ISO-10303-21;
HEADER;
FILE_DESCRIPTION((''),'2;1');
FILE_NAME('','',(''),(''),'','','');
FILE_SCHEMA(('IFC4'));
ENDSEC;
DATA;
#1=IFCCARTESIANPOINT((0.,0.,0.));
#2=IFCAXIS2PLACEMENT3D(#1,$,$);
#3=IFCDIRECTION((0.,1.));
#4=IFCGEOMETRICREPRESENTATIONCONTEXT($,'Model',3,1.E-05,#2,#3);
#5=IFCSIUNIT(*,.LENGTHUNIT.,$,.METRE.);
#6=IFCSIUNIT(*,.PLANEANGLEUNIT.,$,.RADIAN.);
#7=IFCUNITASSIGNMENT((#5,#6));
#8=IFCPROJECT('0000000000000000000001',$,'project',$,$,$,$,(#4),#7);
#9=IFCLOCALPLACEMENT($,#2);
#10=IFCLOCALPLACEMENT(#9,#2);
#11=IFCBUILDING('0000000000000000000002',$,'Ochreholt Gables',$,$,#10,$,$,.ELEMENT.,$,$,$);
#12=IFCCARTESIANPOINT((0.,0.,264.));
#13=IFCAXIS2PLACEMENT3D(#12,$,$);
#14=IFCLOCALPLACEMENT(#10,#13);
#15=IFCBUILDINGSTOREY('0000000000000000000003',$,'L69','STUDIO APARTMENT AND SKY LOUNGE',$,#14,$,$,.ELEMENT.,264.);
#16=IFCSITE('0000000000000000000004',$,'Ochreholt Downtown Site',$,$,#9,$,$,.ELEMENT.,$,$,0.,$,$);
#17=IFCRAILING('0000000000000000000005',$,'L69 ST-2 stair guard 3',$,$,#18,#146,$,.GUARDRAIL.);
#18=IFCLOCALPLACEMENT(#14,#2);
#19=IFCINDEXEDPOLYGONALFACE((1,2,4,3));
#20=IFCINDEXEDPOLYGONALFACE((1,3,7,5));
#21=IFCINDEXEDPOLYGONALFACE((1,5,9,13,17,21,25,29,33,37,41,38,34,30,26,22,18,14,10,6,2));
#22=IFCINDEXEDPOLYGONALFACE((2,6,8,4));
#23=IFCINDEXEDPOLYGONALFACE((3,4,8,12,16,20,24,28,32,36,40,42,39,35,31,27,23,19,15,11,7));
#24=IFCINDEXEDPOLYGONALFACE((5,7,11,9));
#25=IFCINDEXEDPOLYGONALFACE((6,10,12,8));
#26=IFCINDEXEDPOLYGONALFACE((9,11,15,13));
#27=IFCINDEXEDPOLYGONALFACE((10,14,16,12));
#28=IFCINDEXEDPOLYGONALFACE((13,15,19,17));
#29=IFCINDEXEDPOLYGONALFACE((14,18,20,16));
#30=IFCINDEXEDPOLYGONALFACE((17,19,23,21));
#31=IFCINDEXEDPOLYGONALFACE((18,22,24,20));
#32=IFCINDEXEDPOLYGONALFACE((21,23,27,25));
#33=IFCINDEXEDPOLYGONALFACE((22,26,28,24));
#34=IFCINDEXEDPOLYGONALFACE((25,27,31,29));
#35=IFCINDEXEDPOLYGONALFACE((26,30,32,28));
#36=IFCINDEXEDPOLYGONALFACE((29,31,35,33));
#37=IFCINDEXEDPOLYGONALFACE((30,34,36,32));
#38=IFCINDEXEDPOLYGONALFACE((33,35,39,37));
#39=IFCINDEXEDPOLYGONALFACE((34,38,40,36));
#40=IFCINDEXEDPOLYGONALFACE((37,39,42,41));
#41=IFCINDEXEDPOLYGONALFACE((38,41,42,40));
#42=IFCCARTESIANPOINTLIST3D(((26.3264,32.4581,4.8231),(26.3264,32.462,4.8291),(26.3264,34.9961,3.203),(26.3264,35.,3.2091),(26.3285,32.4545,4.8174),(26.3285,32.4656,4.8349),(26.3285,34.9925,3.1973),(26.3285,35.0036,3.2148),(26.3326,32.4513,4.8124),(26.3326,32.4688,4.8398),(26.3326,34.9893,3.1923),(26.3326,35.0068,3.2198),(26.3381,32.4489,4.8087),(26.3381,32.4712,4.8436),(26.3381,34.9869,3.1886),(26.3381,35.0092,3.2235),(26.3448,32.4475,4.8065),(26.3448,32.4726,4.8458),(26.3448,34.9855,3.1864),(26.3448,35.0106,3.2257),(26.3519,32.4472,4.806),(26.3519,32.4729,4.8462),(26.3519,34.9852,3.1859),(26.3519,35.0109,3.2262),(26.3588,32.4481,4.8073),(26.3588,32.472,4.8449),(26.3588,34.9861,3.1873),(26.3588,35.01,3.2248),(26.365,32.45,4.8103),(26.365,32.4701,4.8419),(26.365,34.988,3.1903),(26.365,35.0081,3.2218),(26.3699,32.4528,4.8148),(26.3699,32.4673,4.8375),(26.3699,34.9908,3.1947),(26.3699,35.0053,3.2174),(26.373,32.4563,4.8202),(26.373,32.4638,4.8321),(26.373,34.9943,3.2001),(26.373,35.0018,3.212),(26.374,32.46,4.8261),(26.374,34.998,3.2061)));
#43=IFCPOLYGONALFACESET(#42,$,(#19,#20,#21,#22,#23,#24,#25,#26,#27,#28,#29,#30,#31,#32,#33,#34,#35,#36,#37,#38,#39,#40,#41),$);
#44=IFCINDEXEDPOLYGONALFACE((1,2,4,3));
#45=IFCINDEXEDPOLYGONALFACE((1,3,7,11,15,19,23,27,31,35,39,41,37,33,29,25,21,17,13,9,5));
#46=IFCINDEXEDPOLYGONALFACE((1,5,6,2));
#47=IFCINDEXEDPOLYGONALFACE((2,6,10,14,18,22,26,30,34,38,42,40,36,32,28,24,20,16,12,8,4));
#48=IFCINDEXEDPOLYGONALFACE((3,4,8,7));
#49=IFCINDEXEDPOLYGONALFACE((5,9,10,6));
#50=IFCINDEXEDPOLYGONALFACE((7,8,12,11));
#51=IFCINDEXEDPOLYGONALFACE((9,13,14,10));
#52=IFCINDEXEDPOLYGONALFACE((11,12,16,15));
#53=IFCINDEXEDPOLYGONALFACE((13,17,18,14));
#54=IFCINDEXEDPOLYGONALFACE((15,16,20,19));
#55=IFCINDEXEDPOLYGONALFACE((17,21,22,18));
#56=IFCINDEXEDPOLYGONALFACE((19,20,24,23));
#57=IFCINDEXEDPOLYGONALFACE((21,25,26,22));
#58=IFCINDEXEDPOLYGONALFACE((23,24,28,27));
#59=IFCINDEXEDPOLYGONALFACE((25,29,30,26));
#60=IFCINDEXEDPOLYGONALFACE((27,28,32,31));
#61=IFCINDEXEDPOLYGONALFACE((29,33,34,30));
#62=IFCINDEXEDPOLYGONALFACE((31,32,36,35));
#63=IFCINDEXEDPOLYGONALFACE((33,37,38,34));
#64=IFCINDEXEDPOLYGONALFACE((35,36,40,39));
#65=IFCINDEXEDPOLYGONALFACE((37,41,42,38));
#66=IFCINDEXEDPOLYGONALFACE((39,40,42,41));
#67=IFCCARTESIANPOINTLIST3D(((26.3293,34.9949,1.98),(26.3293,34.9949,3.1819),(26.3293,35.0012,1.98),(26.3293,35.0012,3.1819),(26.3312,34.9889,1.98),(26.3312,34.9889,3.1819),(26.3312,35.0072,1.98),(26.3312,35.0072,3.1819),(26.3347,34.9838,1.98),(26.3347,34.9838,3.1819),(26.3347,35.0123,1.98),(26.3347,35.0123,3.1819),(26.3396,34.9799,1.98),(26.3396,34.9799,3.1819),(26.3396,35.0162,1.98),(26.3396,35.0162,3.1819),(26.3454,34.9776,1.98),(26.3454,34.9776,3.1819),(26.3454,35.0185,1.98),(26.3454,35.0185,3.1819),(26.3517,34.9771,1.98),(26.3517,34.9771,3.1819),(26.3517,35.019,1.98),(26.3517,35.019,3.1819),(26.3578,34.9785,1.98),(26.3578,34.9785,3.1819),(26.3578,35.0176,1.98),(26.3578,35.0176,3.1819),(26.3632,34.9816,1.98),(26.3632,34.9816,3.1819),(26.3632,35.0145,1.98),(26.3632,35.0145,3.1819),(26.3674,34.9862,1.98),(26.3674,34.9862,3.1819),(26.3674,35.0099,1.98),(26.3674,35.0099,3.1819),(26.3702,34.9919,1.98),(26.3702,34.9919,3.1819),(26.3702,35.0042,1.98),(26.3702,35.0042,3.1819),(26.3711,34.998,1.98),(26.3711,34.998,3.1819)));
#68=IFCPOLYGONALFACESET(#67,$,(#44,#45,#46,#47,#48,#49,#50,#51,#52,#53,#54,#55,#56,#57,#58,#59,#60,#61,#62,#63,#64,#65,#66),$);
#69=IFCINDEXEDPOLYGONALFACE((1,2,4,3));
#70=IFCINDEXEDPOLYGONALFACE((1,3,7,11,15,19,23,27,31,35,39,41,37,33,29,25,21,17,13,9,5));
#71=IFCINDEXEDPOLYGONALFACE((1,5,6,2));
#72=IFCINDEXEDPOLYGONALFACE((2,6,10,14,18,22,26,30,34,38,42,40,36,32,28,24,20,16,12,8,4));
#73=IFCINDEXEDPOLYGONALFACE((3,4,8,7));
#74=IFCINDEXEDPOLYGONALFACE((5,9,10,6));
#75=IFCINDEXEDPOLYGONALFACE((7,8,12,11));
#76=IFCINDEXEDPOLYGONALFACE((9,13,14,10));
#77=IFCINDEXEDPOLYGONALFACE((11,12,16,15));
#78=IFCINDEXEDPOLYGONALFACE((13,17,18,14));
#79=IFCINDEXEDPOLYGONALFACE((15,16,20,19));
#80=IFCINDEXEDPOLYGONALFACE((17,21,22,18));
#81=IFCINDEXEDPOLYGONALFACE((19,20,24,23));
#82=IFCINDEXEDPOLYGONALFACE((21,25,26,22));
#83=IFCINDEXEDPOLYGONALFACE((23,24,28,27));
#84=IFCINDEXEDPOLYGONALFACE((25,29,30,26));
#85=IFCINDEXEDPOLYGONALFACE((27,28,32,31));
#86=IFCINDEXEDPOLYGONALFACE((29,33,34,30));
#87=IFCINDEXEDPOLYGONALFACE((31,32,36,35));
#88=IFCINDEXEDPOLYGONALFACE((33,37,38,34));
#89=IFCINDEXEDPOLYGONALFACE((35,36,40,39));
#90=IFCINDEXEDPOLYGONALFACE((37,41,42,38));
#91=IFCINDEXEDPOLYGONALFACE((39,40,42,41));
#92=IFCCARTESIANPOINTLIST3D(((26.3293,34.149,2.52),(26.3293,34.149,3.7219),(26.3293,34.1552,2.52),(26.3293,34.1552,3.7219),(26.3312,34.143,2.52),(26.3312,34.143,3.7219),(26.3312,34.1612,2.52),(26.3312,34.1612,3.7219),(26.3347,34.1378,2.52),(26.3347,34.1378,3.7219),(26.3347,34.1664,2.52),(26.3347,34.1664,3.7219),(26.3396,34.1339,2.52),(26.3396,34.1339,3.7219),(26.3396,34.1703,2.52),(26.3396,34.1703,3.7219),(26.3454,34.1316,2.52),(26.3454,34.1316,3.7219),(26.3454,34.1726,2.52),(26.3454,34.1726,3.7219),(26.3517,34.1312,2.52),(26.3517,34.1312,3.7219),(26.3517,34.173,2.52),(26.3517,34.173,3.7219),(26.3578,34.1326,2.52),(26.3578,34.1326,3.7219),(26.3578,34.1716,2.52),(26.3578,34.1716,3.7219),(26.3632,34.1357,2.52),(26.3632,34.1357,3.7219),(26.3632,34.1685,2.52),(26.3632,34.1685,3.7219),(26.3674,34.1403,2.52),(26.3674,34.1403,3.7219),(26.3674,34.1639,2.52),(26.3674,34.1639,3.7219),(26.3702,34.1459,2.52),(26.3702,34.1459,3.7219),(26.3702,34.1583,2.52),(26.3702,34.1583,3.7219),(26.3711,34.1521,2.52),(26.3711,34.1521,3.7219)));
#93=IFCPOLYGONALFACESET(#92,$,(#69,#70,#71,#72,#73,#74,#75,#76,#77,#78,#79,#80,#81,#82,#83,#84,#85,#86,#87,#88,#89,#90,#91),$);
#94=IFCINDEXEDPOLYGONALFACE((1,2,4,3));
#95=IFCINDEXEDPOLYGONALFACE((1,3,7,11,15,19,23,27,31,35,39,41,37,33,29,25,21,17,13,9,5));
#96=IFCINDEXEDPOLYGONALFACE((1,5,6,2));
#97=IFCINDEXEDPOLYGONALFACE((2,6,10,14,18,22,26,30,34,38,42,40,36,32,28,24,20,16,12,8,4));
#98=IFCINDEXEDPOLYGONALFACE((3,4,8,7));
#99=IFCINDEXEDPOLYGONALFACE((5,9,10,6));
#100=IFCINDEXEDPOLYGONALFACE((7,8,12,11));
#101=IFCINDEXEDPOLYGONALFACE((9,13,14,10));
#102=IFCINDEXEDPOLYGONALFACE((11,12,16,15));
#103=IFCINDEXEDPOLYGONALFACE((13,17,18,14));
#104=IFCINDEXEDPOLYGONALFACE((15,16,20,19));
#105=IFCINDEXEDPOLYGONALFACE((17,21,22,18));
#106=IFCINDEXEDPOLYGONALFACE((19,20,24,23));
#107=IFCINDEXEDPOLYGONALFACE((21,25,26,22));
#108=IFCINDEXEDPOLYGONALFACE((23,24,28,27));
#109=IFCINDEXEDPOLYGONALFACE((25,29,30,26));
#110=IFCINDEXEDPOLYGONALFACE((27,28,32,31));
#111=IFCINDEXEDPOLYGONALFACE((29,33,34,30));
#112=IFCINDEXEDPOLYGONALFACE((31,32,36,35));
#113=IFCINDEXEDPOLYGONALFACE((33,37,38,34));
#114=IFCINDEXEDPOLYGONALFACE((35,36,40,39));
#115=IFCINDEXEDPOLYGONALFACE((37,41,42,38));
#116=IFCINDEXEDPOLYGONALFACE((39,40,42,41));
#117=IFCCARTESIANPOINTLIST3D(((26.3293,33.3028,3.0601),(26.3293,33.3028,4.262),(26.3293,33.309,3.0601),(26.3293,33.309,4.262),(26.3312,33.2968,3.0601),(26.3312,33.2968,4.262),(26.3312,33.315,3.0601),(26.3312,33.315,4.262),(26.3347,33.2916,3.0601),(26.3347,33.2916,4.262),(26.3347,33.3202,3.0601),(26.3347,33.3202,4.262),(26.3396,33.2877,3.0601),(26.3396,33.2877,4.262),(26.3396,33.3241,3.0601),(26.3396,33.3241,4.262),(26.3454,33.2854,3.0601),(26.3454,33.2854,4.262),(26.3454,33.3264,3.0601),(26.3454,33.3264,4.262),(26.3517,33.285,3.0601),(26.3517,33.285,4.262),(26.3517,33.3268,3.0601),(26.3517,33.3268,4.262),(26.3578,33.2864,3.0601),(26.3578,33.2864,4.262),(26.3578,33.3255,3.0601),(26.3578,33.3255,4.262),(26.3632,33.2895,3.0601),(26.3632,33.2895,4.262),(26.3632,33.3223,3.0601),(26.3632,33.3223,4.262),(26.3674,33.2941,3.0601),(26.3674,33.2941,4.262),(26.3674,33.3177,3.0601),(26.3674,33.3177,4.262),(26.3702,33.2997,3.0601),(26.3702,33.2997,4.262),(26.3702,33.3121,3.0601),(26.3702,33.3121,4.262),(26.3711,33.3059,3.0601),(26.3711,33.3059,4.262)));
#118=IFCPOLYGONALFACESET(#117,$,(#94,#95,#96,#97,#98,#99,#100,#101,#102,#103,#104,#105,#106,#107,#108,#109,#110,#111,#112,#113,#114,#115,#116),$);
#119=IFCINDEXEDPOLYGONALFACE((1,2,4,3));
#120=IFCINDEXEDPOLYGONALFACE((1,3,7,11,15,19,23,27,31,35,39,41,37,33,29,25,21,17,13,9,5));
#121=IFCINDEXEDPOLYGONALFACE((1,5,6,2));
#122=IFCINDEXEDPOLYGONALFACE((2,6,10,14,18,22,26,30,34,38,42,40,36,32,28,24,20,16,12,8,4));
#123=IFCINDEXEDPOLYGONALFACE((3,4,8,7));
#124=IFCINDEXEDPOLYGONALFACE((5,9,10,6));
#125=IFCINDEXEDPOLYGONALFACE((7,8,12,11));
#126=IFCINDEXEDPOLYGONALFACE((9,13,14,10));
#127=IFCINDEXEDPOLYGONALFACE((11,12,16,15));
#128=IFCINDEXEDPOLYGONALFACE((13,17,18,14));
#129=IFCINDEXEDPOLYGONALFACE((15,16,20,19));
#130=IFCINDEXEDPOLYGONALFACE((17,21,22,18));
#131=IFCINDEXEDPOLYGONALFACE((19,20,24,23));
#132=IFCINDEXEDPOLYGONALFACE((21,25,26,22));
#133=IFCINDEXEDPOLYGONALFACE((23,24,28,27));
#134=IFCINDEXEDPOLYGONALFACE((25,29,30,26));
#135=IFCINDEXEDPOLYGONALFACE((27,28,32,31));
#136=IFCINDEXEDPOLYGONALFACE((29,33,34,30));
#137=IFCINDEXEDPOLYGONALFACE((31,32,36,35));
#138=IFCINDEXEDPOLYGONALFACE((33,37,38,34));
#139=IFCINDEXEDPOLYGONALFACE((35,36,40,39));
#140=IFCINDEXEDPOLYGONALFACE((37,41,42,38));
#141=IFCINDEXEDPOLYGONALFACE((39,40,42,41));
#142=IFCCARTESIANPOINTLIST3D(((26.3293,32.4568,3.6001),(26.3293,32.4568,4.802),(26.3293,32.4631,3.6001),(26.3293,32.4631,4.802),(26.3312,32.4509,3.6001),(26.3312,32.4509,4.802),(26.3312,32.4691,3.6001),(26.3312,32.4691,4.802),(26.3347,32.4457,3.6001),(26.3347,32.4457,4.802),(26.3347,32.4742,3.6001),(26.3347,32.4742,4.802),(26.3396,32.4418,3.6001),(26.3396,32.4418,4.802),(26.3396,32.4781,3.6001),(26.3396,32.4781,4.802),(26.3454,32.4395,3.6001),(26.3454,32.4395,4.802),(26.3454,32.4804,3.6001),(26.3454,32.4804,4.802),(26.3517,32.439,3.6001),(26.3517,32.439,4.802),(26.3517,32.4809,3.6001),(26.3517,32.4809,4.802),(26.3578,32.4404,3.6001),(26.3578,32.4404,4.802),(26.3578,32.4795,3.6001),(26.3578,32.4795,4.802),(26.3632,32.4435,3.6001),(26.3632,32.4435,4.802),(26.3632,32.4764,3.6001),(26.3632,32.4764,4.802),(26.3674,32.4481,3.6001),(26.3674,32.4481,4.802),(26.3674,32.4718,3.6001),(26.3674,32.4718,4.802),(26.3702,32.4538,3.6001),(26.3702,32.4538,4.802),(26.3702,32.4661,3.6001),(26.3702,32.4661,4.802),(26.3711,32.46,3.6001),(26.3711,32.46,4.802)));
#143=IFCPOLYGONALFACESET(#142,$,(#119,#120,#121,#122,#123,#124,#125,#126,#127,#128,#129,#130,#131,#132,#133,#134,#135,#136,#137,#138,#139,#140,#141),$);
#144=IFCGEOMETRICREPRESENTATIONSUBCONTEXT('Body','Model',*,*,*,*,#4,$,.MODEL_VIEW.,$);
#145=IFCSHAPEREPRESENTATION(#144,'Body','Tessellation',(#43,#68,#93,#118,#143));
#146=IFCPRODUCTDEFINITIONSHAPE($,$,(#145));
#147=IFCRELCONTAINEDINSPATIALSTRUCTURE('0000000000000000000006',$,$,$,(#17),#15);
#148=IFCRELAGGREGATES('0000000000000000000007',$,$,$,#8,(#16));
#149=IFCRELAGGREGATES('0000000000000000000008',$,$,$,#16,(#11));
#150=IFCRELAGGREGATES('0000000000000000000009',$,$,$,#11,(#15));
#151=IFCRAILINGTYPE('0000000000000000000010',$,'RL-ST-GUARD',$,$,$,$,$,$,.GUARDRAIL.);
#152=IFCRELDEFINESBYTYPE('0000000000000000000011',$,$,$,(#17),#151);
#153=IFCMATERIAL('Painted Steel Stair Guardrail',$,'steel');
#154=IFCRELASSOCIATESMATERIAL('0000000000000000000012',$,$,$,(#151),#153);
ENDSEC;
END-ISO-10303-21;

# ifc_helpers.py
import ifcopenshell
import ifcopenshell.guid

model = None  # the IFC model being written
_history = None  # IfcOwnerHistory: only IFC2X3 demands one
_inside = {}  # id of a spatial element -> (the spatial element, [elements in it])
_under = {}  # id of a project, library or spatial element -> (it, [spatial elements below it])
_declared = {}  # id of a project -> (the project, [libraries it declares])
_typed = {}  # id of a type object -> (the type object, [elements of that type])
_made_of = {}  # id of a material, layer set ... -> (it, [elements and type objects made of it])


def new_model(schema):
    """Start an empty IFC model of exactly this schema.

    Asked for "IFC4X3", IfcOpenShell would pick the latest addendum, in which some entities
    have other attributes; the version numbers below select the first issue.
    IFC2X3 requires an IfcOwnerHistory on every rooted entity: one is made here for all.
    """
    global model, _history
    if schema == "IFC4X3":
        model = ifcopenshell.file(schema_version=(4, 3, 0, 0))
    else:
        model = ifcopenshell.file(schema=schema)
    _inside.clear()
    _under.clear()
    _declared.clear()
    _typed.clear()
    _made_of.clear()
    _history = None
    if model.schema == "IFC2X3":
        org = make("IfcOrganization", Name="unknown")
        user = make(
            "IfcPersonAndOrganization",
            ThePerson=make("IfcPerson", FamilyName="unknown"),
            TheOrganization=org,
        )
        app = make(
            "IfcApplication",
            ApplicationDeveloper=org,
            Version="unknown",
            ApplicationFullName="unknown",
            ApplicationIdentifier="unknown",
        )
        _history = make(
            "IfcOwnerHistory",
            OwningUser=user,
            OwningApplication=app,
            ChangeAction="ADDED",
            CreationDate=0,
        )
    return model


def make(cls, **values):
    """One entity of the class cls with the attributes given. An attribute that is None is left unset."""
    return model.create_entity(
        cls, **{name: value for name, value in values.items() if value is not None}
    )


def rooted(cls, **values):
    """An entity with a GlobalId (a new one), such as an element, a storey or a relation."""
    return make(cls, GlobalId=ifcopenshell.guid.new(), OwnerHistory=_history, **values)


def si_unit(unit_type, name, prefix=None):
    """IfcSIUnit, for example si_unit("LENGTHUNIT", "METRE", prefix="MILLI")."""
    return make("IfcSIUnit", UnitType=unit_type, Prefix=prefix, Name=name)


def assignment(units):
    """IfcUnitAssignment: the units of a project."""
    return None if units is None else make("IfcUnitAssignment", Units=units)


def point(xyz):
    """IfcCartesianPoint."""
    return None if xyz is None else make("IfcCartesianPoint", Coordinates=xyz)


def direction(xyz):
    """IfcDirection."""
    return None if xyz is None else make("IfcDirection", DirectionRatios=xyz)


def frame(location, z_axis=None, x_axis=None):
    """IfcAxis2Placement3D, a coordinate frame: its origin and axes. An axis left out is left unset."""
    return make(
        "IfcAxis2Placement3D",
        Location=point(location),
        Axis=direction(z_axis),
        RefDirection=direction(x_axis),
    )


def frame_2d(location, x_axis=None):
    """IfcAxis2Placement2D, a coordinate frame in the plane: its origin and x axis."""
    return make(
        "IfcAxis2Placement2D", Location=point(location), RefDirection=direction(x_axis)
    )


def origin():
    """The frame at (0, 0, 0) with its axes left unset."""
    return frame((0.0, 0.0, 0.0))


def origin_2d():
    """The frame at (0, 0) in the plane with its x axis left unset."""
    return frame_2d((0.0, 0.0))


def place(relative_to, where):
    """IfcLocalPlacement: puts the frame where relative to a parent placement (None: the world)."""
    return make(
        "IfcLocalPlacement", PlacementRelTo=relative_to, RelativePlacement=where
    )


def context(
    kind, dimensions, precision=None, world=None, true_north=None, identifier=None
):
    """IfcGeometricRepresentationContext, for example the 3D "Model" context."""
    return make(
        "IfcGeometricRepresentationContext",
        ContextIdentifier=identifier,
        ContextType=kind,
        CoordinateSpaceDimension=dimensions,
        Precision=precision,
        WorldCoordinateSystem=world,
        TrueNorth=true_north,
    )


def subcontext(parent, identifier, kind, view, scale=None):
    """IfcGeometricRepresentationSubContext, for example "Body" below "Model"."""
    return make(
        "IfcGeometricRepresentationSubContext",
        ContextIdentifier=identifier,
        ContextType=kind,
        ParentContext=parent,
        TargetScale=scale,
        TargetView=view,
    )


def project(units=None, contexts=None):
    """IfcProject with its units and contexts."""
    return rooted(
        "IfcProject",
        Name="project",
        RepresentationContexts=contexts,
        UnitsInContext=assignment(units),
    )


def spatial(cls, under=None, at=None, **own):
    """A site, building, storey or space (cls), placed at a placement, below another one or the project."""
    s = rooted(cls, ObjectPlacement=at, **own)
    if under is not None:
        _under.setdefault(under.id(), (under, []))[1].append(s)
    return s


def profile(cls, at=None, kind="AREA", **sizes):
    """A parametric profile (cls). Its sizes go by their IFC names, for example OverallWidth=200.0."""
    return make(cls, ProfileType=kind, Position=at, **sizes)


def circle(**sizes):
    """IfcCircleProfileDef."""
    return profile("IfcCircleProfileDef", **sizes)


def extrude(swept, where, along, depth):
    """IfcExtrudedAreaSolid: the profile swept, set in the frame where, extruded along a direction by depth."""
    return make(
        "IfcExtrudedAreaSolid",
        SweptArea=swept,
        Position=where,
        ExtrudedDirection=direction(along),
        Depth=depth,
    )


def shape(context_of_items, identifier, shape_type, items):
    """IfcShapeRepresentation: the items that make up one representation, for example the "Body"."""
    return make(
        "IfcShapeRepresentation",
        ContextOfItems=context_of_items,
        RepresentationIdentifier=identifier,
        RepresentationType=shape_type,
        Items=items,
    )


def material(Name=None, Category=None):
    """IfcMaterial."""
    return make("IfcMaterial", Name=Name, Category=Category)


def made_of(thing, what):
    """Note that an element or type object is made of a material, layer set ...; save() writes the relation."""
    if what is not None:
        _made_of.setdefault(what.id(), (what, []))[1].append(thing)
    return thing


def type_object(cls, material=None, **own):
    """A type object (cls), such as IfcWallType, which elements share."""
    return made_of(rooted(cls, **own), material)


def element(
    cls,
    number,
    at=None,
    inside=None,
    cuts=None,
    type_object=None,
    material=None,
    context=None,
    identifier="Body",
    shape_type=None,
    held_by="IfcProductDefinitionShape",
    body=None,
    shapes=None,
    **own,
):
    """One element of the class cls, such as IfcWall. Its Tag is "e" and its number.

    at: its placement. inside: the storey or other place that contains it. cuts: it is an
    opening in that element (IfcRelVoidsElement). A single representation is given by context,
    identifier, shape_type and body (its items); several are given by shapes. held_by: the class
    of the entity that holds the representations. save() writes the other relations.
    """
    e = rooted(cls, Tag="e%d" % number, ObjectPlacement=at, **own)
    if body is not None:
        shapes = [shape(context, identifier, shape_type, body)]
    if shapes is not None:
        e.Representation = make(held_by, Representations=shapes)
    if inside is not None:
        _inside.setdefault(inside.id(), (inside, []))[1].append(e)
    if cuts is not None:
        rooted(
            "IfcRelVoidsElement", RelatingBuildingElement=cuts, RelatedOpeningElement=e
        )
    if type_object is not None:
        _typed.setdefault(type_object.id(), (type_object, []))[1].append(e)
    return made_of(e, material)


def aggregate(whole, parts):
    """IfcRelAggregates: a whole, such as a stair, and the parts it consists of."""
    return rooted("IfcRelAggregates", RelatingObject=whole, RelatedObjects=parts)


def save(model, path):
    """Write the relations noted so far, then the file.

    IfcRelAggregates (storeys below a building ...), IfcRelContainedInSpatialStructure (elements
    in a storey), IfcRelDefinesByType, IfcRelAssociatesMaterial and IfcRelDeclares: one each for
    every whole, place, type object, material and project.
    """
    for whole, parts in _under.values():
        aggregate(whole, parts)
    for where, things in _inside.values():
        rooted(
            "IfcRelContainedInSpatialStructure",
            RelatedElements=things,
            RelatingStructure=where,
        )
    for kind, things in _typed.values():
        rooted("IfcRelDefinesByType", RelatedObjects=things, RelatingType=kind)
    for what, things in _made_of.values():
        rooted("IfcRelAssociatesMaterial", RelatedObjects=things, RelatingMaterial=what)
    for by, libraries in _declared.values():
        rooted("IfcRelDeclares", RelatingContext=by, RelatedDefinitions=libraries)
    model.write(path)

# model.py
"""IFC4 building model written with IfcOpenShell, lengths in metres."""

from ifc_helpers import new_model, si_unit, direction, frame, origin, origin_2d, place, context, subcontext, project, spatial, circle, extrude, material, type_object, element, save


model = new_model("IFC4")

# Units and contexts
model_context = context("Model", 3, precision=1e-05, world=origin(), true_north=direction((0.0, 1.0)))
body_context = subcontext(model_context, "Body", "Model", "MODEL_VIEW")
ifc_project = project(units=[si_unit("LENGTHUNIT", "METRE"), si_unit("PLANEANGLEUNIT", "RADIAN")], contexts=[model_context])

# Site, building, storey
site_placement = place(None, origin())
site = spatial("IfcSite", under=ifc_project, at=site_placement, Name="Ochreholt Downtown Site", CompositionType="ELEMENT", RefElevation=0.0)
building_placement = place(site_placement, origin())
building = spatial("IfcBuilding", under=site, at=building_placement, Name="Ochreholt Gables", CompositionType="ELEMENT")
storey_placement = place(building_placement, frame((0.0, 0.0, 264.0)))
storey = spatial("IfcBuildingStorey", under=building, at=storey_placement, Name="L69", Description="STUDIO APARTMENT AND SKY LOUNGE", CompositionType="ELEMENT", Elevation=264.0)

# Railing
ifc_material_1 = material(Name="Painted Steel Stair Guardrail", Category="steel")
railing_type_1 = type_object("IfcRailingType", Name="RL-ST-GUARD", PredefinedType="GUARDRAIL", material=ifc_material_1)
railing_1_placement = place(storey_placement, frame((26.3501, 34.998, 1.98)))
element("IfcRailing", 1, at=railing_1_placement, inside=storey, type_object=railing_type_1, Name="L69 ST-2 stair guard 3", PredefinedType="GUARDRAIL", context=body_context, shape_type="SweptSolid", body=[
    extrude(circle(Radius=0.0239, at=origin_2d()), frame((0.0, 0.0, 1.2261), z_axis=(0.0, -0.842913, 0.53805), x_axis=(1.0, 0.0, 0.0)), (0.0, 0.0, 1.0), 3.011),
    extrude(circle(Radius=0.021, at=origin_2d()), origin(), (0.0, 0.0, 1.0), 1.2019),
    extrude(circle(Radius=0.021, at=origin_2d()), frame((0.0, -0.8459, 0.54)), (0.0, 0.0, 1.0), 1.2019),
    extrude(circle(Radius=0.021, at=origin_2d()), frame((0.0, -1.6921, 1.0801)), (0.0, 0.0, 1.0), 1.2019),
    extrude(circle(Radius=0.021, at=origin_2d()), frame((0.0, -2.5381, 1.6201)), (0.0, 0.0, 1.0), 1.2019),
])

save(model, "model.ifc")
